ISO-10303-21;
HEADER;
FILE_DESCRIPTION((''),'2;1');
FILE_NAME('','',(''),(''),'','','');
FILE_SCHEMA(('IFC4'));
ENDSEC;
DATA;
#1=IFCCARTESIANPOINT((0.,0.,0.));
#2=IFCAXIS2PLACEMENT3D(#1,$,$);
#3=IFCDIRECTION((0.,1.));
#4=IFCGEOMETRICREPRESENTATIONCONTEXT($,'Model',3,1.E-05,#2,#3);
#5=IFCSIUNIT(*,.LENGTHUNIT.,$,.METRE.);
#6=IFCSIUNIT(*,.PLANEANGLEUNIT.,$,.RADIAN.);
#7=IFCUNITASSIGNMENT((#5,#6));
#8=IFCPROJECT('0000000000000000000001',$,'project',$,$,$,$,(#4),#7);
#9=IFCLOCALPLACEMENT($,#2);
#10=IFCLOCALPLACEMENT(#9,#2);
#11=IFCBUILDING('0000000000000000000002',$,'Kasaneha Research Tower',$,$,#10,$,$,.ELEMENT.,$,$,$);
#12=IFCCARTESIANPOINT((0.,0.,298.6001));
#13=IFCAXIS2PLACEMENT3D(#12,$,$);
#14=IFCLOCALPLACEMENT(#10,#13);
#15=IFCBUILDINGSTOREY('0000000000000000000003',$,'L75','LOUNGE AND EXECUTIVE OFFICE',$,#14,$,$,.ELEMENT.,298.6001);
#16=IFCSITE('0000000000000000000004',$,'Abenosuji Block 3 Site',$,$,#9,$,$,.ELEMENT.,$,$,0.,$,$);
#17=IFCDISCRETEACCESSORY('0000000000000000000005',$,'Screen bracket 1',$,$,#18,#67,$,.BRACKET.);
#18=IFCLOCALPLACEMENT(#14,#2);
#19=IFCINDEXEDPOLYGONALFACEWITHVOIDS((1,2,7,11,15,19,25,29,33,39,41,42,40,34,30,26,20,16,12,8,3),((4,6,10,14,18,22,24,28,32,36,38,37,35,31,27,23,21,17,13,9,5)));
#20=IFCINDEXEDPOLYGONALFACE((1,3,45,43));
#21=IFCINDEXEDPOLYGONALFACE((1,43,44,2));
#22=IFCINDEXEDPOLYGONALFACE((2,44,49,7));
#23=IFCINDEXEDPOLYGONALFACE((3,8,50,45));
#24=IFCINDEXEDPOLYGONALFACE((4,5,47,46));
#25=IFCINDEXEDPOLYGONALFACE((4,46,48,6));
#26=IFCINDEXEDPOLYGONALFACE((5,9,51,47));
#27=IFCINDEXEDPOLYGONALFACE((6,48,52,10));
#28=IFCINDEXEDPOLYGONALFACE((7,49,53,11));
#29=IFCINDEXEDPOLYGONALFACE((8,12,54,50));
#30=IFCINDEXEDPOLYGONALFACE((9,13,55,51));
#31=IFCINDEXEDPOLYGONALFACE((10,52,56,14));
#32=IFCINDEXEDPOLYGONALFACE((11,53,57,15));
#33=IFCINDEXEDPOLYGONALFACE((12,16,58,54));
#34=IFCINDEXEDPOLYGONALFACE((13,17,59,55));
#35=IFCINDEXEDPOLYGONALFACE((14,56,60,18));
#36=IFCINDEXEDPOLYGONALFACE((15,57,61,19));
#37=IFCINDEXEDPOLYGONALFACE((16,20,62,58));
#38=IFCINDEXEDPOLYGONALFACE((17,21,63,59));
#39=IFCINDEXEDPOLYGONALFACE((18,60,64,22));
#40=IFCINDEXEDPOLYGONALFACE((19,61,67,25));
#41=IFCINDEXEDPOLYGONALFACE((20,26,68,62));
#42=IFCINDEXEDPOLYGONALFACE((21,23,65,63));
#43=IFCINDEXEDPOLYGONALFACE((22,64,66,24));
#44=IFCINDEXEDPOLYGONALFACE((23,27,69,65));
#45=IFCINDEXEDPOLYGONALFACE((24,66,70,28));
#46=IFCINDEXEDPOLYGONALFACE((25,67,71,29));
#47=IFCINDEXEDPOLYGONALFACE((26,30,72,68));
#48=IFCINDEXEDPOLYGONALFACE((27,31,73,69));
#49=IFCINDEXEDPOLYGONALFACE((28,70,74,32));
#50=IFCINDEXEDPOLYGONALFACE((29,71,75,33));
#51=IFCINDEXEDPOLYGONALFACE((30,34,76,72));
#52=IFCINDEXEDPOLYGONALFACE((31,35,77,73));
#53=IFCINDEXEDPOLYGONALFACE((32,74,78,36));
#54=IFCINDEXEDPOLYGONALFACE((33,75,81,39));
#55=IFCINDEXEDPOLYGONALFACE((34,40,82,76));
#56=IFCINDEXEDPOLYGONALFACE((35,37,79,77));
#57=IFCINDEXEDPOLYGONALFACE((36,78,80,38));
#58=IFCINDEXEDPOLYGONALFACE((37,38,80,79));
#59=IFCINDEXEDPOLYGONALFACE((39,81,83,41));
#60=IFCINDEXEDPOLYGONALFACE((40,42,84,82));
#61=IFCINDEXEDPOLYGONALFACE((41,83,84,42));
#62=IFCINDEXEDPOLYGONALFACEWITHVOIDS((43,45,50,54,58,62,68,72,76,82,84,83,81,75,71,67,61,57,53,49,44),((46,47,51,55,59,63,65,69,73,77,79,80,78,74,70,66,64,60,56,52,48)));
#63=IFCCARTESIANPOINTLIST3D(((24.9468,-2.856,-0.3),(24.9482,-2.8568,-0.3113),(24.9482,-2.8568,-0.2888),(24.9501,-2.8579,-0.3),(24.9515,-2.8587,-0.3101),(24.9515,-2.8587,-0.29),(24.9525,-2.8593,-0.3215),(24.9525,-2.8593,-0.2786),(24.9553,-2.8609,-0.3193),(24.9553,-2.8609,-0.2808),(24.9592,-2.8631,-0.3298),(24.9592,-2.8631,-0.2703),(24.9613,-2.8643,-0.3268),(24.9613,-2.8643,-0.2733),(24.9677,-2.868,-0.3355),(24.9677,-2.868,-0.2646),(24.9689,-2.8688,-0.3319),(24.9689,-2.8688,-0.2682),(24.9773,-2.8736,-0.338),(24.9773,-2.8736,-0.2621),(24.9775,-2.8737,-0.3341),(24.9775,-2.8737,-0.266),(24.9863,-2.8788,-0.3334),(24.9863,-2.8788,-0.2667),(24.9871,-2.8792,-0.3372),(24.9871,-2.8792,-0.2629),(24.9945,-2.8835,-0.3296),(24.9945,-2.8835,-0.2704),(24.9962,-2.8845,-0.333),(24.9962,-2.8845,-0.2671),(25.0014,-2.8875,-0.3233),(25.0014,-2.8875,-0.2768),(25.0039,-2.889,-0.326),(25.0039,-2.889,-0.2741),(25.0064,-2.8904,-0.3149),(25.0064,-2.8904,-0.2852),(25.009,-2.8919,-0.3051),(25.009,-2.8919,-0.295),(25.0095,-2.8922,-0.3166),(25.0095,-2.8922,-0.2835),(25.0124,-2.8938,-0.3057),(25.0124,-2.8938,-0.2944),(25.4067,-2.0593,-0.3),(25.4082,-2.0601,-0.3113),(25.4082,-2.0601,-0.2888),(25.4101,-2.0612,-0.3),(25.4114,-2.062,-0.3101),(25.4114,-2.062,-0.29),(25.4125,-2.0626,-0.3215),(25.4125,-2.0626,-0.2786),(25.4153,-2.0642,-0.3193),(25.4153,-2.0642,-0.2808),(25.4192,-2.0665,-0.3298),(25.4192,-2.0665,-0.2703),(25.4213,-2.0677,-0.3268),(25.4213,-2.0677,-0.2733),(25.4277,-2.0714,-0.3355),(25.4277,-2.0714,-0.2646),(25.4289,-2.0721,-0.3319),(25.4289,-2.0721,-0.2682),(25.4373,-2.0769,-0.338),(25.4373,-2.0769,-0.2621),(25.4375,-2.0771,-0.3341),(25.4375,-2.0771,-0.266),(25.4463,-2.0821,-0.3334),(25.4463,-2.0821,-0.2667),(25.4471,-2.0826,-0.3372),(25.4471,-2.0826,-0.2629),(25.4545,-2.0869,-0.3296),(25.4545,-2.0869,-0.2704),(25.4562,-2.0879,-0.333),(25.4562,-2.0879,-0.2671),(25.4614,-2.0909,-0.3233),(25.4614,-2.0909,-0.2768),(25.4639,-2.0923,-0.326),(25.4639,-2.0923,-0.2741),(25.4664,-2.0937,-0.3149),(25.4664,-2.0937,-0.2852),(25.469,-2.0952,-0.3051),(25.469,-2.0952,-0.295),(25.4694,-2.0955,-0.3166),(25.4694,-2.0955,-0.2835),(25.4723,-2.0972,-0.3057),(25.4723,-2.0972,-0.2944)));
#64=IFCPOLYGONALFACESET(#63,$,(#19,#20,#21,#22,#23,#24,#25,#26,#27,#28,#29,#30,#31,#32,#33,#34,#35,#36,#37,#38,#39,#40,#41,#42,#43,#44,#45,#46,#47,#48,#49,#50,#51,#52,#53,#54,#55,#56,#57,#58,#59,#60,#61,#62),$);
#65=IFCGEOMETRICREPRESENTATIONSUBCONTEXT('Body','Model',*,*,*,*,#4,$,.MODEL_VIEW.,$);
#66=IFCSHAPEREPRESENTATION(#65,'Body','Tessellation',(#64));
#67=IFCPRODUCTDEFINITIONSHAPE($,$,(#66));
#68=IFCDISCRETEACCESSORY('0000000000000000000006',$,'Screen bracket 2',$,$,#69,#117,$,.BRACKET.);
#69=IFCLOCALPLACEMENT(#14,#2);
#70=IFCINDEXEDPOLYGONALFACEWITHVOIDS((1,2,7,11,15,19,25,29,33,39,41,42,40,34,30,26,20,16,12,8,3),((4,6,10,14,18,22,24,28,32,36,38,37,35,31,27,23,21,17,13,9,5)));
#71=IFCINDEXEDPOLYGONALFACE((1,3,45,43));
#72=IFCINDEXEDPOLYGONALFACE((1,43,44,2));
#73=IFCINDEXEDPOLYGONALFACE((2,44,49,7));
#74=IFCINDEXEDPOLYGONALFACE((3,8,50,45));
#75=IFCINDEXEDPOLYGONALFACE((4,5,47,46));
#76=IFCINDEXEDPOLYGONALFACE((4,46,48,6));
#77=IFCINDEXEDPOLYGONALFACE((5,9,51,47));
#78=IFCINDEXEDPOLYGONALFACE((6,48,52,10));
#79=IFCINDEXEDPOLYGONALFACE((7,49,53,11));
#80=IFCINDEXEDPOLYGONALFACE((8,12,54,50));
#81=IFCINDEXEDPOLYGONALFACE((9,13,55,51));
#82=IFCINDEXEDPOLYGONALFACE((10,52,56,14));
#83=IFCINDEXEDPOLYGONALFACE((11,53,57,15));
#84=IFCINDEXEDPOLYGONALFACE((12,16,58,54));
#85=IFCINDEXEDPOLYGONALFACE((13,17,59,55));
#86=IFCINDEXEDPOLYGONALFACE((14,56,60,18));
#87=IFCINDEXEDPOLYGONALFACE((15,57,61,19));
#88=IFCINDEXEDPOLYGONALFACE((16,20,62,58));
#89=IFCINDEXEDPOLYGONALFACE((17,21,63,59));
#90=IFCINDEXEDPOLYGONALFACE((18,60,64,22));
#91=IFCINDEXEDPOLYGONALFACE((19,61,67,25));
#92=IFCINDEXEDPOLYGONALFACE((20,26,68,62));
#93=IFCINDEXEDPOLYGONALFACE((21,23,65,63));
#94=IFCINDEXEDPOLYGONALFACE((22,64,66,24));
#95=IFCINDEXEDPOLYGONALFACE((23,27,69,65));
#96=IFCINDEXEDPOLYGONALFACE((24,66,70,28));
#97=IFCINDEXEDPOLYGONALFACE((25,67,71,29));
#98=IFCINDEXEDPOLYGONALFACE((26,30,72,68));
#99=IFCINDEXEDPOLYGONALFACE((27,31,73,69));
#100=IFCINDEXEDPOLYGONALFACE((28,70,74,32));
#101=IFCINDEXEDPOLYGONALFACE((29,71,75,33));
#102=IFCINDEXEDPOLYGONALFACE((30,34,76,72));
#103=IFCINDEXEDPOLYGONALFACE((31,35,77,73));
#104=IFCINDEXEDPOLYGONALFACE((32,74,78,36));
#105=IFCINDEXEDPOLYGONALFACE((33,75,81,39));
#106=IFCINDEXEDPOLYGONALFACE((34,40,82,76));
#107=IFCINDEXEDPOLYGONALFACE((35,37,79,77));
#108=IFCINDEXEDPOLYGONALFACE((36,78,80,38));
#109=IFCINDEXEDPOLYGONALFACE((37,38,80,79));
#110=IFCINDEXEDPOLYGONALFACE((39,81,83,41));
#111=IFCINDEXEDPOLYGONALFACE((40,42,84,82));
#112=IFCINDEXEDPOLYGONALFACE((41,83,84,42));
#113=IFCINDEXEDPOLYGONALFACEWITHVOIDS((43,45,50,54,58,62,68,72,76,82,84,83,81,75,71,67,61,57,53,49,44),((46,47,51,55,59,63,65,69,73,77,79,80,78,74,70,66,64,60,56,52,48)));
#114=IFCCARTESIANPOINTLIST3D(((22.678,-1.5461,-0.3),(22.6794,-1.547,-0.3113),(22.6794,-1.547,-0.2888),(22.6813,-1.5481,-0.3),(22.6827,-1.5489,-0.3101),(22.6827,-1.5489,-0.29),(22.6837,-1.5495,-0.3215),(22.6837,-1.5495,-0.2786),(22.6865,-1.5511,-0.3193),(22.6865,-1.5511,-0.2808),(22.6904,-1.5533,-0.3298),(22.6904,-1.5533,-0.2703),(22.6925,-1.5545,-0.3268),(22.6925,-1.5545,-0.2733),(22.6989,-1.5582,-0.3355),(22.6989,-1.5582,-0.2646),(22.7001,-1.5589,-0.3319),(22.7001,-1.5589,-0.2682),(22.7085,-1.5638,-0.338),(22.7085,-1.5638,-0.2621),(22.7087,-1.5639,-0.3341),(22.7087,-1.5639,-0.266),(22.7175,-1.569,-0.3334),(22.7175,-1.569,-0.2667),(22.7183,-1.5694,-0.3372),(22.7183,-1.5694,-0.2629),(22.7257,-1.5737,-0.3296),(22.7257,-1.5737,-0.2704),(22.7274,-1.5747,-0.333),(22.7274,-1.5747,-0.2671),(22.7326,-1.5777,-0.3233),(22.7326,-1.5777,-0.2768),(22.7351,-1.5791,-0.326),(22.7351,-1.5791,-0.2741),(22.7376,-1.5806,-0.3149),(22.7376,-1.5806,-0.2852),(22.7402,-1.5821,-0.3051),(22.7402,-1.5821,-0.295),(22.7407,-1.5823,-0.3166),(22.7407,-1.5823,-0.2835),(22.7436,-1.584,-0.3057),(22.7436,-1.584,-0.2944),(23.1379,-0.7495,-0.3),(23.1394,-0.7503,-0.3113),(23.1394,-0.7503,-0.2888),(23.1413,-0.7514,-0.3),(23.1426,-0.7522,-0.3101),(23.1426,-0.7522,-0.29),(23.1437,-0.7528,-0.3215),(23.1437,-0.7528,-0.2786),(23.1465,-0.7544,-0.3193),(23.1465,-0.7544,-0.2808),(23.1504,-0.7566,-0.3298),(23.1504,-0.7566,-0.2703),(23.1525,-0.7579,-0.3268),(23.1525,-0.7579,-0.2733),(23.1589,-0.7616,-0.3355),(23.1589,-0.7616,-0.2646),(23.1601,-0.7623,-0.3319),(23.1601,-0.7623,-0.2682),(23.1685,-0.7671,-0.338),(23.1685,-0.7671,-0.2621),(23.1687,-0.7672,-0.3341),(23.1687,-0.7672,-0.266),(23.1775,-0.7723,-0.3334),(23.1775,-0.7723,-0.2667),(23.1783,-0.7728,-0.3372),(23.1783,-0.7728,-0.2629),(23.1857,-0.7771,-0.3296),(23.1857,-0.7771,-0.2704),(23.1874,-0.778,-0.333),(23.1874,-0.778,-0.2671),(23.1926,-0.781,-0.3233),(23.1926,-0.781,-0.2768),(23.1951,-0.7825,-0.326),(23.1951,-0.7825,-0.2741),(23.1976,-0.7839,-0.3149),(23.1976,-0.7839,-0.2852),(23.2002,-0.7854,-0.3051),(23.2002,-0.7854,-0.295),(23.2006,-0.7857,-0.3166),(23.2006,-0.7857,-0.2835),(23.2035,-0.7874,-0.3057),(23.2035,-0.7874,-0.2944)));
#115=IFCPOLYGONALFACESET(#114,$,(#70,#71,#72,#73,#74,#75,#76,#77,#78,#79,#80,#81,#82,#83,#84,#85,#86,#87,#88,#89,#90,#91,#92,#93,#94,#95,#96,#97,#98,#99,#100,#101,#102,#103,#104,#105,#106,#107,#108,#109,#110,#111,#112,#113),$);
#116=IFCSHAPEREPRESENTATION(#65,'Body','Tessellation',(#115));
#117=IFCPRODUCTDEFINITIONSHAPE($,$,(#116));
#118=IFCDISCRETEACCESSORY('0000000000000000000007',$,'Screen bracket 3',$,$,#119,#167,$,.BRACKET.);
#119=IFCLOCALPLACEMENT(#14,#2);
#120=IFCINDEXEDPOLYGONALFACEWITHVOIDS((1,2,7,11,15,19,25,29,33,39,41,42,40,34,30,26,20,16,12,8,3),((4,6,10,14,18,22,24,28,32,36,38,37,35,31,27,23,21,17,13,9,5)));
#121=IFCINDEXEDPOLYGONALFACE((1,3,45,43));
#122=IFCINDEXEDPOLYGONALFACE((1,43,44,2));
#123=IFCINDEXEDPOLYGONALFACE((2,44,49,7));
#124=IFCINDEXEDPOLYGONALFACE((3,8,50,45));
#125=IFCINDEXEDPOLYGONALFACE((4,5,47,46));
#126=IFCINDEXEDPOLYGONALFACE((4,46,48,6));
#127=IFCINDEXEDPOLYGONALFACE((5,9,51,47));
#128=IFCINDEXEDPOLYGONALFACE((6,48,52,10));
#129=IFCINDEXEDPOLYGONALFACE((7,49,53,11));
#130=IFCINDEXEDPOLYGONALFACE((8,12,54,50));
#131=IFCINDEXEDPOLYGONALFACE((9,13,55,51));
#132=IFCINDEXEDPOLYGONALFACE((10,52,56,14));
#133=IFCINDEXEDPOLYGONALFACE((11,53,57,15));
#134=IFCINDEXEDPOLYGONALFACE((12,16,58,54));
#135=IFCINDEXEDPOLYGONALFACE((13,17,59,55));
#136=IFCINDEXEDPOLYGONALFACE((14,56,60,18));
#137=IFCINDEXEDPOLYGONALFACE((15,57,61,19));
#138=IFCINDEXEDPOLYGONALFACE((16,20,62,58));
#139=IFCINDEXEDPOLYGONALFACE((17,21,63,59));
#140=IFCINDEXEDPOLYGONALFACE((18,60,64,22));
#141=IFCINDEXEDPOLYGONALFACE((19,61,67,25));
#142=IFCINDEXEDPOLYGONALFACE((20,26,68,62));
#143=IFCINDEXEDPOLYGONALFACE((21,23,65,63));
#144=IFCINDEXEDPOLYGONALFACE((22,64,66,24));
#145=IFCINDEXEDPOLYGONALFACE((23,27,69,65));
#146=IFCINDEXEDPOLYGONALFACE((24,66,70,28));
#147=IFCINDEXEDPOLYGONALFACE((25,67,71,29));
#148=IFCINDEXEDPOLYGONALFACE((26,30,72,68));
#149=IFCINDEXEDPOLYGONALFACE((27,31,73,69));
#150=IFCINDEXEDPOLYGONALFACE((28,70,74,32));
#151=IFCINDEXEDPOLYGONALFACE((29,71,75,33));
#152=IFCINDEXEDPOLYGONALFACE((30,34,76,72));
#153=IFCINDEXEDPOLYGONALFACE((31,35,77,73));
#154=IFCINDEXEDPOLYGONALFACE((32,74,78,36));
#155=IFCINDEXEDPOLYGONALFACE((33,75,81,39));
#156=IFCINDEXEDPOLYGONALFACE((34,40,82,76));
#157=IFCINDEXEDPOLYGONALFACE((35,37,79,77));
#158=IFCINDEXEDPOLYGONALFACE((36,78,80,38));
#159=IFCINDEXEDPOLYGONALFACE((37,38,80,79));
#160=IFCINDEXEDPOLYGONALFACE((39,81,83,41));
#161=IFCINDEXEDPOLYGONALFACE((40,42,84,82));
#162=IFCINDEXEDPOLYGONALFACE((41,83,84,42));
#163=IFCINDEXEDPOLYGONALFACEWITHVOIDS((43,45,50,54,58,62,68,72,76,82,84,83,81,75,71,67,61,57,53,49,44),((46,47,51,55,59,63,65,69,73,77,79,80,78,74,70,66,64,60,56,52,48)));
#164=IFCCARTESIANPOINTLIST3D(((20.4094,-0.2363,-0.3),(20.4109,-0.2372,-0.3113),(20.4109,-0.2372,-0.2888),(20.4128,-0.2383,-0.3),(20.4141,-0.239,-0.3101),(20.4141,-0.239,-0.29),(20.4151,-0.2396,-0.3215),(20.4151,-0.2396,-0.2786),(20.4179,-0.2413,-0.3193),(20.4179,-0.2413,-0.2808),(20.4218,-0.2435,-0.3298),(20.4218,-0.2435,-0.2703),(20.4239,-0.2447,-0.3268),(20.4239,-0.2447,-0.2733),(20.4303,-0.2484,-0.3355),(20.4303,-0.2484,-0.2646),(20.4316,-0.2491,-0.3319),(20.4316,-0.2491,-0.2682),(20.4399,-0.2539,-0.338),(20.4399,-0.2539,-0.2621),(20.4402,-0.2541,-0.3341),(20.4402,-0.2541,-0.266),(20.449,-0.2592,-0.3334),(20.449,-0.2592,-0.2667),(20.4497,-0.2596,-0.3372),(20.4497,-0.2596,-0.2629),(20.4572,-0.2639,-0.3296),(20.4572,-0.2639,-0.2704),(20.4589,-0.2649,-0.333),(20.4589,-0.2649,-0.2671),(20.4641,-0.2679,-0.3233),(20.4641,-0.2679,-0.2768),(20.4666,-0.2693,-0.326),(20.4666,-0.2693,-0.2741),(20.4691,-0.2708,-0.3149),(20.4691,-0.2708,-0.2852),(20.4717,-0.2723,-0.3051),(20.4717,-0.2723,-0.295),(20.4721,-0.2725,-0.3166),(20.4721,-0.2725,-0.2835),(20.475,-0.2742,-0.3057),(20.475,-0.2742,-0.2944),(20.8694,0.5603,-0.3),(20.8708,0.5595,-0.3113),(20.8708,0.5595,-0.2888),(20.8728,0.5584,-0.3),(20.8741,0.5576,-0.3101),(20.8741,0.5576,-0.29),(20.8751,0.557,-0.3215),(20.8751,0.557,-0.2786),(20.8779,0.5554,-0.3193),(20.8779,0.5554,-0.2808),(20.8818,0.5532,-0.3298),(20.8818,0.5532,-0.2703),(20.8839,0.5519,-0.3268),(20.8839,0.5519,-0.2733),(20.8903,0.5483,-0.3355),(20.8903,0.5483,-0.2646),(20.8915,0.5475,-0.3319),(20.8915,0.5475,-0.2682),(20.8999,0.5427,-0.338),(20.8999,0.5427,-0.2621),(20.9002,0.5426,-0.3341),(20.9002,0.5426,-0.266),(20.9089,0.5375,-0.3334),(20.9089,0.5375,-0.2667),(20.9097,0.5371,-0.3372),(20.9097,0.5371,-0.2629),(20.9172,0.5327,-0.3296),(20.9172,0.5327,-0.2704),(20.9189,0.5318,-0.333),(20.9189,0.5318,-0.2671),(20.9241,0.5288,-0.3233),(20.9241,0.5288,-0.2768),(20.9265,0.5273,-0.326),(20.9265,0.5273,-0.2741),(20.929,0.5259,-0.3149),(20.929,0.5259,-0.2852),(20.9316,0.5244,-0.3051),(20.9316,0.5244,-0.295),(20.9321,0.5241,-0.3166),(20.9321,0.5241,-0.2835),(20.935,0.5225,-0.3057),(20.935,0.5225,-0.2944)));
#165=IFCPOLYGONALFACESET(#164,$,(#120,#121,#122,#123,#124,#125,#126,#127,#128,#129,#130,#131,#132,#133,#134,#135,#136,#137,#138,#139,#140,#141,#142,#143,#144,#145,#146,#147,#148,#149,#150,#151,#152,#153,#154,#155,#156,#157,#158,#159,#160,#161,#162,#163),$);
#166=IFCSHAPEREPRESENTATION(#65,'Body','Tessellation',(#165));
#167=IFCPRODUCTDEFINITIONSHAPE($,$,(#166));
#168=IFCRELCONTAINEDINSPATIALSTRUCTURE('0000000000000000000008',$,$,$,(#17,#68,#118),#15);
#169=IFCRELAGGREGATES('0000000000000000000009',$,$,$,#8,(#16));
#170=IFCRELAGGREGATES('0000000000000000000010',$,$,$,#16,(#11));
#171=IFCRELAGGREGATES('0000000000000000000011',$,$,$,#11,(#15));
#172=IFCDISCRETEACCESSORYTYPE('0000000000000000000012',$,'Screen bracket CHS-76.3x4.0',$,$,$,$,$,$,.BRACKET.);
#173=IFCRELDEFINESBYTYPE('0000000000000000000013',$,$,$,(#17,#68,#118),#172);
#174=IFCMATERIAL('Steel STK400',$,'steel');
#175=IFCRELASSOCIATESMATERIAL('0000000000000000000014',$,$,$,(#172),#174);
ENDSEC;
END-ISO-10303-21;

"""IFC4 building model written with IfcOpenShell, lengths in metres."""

from ifc_helpers import new_model, si_unit, direction, frame, origin, origin_2d, place, context, subcontext, project, spatial, hollow_circle, extrude, material, material_profile, profile_set, type_object, element, save


model = new_model("IFC4")

# Units and contexts
model_context = context("Model", 3, precision=1e-05, world=origin(), true_north=direction((0.0, 1.0)))
body_context = subcontext(model_context, "Body", "Model", "MODEL_VIEW")
ifc_project = project(units=[si_unit("LENGTHUNIT", "METRE"), si_unit("PLANEANGLEUNIT", "RADIAN")], contexts=[model_context])

# Site, building, storey
site_placement = place(None, origin())
site = spatial("IfcSite", under=ifc_project, at=site_placement, Name="Abenosuji Block 3 Site", CompositionType="ELEMENT", RefElevation=0.0)
building_placement = place(site_placement, origin())
building = spatial("IfcBuilding", under=site, at=building_placement, Name="Kasaneha Research Tower", CompositionType="ELEMENT")
storey_placement = place(building_placement, frame((0.0, 0.0, 298.6001)))
storey = spatial("IfcBuildingStorey", under=building, at=storey_placement, Name="L75", Description="LOUNGE AND EXECUTIVE OFFICE", CompositionType="ELEMENT", Elevation=298.6001)

# Discrete accessories
ifc_material_1 = material(Name="Steel STK400", Category="steel")
ifc_material_profile_1 = material_profile(ifc_material_1, hollow_circle(Radius=0.0381, WallThickness=0.0039, at=origin_2d()), Name="CHS-76.3x4.0")
ifc_profile_set_1 = profile_set([ifc_material_profile_1], Name="Steel STK400")
discrete_accessory_type = type_object("IfcDiscreteAccessoryType", Name="Screen bracket CHS-76.3x4.0", PredefinedType="BRACKET", material=ifc_profile_set_1)
for number, where, z_axis, x_axis, name in (
    (1, (24.9797, -2.875, -0.3), (0.500021, 0.866013, 0.0), (-0.866013, 0.500021, 0.0), "Screen bracket 1"),
    (2, (22.7109, -1.5652, -0.3), (0.500021, 0.866013, 0.0), (-0.866013, 0.500021, 0.0), "Screen bracket 2"),
    (3, (20.4424, -0.2554, -0.3), (0.500021, 0.866013, 0.0), (-0.866013, 0.500021, 0.0), "Screen bracket 3"),
):
    element("IfcDiscreteAccessory", number, at=place(storey_placement, frame(where, z_axis=z_axis, x_axis=x_axis)), inside=storey, type_object=discrete_accessory_type, Name=name, PredefinedType="BRACKET", context=body_context, shape_type="SweptSolid", body=[
        extrude(hollow_circle(Radius=0.0381, WallThickness=0.0039, at=origin_2d()), origin(), (0.0, 0.0, 1.0), 0.9199),
    ])

save(model, "model.ifc")
